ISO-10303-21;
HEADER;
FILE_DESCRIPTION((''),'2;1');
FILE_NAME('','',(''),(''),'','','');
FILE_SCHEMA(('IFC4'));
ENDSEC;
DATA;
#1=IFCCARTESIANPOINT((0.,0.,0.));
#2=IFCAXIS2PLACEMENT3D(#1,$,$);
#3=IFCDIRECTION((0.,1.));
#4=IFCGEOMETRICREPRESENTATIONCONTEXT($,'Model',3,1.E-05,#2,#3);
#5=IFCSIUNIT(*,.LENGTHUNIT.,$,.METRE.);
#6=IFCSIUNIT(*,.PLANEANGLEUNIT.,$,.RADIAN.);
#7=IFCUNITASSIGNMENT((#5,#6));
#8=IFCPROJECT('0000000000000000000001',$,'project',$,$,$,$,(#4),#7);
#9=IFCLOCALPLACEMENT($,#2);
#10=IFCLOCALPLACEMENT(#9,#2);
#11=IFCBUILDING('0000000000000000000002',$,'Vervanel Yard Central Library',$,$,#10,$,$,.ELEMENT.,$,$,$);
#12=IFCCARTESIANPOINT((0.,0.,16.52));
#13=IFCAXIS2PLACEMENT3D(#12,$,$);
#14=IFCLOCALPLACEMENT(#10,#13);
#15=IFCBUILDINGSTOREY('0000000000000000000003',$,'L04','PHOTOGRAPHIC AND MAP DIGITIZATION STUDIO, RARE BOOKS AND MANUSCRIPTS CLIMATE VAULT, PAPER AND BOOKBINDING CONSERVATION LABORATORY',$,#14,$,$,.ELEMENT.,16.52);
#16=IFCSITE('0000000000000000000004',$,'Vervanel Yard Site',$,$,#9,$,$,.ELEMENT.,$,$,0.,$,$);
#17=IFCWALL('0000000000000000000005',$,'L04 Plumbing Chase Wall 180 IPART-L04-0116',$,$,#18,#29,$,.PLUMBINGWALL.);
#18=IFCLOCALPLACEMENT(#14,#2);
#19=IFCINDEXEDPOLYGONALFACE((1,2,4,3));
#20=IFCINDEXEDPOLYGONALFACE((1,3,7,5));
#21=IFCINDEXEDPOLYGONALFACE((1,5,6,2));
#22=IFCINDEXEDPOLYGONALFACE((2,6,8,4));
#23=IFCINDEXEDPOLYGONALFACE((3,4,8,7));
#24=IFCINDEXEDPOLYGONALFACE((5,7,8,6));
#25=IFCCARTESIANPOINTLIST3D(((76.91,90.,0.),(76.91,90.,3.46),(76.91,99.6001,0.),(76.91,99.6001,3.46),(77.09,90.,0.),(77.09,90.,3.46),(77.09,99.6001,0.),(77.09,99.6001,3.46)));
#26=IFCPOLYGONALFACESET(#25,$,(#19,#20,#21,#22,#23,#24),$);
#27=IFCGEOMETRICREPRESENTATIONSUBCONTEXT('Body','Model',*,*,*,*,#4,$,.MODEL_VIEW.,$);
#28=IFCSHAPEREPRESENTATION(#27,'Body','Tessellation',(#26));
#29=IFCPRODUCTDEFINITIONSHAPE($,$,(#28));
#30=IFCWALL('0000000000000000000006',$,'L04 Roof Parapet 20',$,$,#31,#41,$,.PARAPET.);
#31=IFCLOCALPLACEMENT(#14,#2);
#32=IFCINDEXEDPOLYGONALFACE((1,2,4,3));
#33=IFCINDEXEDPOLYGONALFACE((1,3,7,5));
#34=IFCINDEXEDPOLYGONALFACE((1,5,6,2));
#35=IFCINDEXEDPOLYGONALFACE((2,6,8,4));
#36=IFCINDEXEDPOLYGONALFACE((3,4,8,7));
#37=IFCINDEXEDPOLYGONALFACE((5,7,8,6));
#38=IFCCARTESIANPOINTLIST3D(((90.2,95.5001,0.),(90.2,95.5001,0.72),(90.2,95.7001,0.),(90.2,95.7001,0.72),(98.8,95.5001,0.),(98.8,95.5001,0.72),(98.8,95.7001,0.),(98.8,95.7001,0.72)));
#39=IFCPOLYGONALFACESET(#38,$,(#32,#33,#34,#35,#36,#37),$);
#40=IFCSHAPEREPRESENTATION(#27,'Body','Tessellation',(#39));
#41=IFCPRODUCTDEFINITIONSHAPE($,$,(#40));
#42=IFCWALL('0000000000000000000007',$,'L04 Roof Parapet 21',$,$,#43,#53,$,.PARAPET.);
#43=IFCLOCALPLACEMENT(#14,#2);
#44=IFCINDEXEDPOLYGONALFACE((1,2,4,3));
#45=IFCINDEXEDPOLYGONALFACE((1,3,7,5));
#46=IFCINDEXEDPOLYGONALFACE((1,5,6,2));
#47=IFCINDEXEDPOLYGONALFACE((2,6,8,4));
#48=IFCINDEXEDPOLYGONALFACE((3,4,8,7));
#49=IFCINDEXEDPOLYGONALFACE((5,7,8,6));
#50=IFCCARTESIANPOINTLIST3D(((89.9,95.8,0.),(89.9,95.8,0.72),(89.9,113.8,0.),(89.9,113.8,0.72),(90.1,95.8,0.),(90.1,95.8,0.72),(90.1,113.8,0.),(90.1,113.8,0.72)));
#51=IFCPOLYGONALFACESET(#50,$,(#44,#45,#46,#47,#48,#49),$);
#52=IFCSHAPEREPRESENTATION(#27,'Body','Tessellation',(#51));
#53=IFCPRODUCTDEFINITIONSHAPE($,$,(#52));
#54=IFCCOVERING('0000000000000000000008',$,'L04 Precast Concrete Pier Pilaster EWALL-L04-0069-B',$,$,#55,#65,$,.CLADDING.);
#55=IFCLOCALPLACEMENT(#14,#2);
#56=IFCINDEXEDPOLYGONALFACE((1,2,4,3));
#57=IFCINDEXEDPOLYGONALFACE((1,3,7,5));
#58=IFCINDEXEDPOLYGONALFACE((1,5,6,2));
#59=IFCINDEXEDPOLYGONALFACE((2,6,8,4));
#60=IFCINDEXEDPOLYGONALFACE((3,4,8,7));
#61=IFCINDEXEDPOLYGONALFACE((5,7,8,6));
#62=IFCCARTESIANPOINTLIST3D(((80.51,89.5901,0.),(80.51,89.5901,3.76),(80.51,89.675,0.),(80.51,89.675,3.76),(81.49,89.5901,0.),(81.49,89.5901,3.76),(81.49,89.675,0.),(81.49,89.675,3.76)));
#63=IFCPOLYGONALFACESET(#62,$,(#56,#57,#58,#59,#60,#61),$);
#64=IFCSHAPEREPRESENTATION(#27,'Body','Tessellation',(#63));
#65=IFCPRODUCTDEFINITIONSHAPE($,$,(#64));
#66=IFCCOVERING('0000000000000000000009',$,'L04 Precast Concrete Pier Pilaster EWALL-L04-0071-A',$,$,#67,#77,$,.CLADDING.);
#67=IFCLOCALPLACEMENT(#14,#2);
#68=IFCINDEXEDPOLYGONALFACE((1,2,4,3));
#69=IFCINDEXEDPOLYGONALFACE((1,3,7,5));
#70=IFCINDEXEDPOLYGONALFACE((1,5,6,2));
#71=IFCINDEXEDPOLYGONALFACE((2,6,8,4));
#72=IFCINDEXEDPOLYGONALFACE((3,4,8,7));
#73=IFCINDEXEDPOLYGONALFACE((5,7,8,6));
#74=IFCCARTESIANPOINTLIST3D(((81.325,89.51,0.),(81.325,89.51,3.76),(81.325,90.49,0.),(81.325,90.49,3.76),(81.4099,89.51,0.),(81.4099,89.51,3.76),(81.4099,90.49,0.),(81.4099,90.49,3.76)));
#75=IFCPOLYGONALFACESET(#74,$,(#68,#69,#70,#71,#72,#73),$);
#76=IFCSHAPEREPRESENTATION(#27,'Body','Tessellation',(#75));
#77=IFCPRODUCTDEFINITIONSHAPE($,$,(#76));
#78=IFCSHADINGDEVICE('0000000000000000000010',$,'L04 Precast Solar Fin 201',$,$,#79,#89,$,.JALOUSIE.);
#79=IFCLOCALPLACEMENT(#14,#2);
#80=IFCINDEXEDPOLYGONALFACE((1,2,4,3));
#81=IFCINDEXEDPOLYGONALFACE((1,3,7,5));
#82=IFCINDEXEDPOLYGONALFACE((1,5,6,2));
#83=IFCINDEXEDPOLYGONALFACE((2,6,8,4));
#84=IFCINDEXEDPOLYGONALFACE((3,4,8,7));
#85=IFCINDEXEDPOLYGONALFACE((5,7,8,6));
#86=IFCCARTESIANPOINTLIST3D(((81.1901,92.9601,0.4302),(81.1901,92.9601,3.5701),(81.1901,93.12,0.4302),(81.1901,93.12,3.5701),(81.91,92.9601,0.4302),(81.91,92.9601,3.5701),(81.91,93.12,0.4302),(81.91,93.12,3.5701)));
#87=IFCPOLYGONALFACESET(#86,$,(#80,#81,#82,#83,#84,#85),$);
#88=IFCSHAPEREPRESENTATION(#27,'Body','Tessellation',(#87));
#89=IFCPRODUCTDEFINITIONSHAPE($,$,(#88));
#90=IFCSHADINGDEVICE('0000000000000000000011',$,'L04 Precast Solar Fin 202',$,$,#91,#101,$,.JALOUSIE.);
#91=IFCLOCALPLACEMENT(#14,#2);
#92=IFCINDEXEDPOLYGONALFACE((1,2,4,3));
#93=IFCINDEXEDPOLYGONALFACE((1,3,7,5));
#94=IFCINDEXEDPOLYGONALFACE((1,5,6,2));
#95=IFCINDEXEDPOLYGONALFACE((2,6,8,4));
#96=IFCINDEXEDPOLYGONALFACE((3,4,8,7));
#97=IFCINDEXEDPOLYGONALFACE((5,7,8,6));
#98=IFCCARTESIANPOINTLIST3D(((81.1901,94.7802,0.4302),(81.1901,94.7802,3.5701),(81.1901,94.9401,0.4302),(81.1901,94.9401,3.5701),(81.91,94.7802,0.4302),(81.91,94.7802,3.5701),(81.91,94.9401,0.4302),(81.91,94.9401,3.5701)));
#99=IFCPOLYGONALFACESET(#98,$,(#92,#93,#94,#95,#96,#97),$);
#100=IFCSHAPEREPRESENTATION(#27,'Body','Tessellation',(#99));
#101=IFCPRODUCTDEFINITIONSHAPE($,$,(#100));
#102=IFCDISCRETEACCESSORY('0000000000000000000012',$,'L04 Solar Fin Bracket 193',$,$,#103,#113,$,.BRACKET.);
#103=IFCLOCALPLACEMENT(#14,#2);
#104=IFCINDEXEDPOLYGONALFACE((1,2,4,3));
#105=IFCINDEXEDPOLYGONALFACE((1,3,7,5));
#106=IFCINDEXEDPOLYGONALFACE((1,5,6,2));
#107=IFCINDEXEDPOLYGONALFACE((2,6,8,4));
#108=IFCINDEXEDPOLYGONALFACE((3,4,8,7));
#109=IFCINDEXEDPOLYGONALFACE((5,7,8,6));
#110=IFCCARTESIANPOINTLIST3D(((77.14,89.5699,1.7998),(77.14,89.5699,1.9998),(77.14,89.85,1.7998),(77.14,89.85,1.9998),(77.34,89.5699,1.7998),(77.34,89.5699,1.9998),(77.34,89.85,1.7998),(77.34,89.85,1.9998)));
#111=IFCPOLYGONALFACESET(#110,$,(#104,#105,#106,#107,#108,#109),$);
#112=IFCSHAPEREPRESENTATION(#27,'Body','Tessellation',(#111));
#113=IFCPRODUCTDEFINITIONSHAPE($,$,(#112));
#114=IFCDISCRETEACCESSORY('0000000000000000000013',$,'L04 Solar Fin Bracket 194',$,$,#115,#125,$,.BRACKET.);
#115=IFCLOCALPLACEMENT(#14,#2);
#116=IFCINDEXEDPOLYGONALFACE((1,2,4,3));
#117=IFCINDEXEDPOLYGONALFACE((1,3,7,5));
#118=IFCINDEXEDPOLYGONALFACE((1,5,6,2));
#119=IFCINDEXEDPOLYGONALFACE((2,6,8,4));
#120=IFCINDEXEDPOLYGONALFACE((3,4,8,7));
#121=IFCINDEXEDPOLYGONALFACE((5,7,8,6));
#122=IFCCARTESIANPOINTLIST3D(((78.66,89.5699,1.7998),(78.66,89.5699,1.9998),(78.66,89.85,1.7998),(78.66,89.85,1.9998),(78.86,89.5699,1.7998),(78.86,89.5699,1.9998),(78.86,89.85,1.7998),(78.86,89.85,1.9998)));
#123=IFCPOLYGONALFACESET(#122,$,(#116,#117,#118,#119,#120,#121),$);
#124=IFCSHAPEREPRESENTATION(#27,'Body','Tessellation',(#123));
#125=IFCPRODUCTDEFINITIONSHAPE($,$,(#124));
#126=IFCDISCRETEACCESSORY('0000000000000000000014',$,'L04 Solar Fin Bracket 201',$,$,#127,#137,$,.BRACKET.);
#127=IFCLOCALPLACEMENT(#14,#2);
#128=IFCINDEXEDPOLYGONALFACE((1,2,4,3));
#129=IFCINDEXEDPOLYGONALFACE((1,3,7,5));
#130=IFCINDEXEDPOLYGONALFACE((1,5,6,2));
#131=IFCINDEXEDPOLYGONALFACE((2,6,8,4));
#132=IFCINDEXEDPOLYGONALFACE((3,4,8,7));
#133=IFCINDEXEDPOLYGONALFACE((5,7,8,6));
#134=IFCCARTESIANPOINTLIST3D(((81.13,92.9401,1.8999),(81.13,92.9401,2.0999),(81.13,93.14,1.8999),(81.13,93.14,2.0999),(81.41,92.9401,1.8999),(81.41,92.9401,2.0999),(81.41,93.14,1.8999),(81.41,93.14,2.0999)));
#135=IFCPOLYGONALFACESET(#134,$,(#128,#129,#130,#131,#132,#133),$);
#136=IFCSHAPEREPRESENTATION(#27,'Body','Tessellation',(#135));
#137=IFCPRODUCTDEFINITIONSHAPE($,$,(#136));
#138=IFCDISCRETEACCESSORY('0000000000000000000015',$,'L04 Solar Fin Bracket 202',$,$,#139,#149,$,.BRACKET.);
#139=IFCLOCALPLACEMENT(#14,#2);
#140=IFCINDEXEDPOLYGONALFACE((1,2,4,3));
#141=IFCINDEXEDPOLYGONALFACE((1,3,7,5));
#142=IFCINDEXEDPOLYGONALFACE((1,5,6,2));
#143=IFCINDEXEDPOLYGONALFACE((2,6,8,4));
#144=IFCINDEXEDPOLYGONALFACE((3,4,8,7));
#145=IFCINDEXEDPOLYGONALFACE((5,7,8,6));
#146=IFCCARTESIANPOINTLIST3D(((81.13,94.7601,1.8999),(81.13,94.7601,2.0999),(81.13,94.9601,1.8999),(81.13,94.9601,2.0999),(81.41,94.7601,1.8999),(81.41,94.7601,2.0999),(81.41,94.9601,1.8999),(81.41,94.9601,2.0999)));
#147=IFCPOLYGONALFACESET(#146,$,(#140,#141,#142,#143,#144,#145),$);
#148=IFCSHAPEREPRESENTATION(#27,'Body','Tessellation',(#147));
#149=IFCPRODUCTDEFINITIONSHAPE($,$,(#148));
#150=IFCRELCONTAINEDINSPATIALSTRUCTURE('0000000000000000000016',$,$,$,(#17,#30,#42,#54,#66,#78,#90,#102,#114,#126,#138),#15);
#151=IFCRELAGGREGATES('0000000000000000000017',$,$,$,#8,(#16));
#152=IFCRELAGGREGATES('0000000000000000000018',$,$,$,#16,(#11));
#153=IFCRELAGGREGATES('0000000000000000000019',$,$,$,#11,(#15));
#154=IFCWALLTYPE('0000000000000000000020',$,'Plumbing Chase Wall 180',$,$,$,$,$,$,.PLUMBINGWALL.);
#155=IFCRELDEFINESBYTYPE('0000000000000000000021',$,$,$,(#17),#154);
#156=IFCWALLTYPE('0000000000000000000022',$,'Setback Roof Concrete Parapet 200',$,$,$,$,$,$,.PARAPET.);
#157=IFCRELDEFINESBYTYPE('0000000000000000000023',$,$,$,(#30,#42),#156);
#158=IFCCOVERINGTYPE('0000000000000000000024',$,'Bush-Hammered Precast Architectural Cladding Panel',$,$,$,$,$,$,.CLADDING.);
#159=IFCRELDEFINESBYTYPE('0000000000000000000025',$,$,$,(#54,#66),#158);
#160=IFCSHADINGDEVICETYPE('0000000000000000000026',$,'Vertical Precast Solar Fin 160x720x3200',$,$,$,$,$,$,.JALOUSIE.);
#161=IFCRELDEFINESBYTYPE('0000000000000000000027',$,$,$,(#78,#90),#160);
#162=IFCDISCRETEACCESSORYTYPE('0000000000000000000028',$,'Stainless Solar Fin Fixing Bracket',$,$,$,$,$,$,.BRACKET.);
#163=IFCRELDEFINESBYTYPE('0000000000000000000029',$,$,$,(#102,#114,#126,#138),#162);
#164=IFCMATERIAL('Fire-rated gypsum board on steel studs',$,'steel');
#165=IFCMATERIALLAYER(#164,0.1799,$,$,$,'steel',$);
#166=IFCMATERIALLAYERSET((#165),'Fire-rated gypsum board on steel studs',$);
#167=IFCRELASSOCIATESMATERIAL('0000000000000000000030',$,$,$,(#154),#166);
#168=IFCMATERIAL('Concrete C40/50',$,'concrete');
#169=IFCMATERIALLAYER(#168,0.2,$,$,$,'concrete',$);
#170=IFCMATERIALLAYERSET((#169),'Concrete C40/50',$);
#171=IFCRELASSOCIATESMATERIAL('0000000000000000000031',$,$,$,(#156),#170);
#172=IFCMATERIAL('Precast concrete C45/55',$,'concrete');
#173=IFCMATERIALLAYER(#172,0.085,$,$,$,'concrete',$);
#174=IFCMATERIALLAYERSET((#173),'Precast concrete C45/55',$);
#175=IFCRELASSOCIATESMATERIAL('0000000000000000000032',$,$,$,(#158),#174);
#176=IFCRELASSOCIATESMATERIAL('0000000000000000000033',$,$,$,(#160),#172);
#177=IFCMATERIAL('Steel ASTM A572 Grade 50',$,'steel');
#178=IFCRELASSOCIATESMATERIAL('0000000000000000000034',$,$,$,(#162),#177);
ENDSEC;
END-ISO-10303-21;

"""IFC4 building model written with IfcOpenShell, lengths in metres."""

from ifc_helpers import new_model, si_unit, direction, frame, frame_2d, origin, origin_2d, place, context, subcontext, project, spatial, rectangle, extrude, material, layer, layer_set, type_object, element, save


model = new_model("IFC4")

# Units and contexts
model_context = context("Model", 3, precision=1e-05, world=origin(), true_north=direction((0.0, 1.0)))
body_context = subcontext(model_context, "Body", "Model", "MODEL_VIEW")
ifc_project = project(units=[si_unit("LENGTHUNIT", "METRE"), si_unit("PLANEANGLEUNIT", "RADIAN")], contexts=[model_context])

# Site, building, storey
site_placement = place(None, origin())
site = spatial("IfcSite", under=ifc_project, at=site_placement, Name="Vervanel Yard Site", CompositionType="ELEMENT", RefElevation=0.0)
building_placement = place(site_placement, origin())
building = spatial("IfcBuilding", under=site, at=building_placement, Name="Vervanel Yard Central Library", CompositionType="ELEMENT")
storey_placement = place(building_placement, frame((0.0, 0.0, 16.52)))
storey = spatial("IfcBuildingStorey", under=building, at=storey_placement, Name="L04", Description="PHOTOGRAPHIC AND MAP DIGITIZATION STUDIO, RARE BOOKS AND MANUSCRIPTS CLIMATE VAULT, PAPER AND BOOKBINDING CONSERVATION LABORATORY", CompositionType="ELEMENT", Elevation=16.52)

# Shared definitions
ifc_material_1 = material(Name="Concrete C40/50", Category="concrete")

# Shared definitions
ifc_material_2 = material(Name="Precast concrete C45/55", Category="concrete")

# Walls
ifc_material_3 = material(Name="Fire-rated gypsum board on steel studs", Category="steel")
ifc_layer_1 = layer(ifc_material_3, 0.1799, Category="steel")
ifc_layer_set_1 = layer_set([ifc_layer_1], Name="Fire-rated gypsum board on steel studs")
wall_type_1 = type_object("IfcWallType", Name="Plumbing Chase Wall 180", PredefinedType="PLUMBINGWALL", material=ifc_layer_set_1)
wall_1_placement = place(storey_placement, frame((77.0, 90.0, 0.0), z_axis=(0.0, 0.0, 1.0), x_axis=(0.0, 1.0, 0.0)))
element("IfcWall", 1, at=wall_1_placement, inside=storey, type_object=wall_type_1, Name="L04 Plumbing Chase Wall 180 IPART-L04-0116", PredefinedType="PLUMBINGWALL", context=body_context, shape_type="SweptSolid", body=[
    extrude(rectangle(XDim=9.6001, YDim=0.1799, at=frame_2d((4.8, 0.0))), origin(), (0.0, 0.0, 1.0), 3.46),
])
ifc_layer_2 = layer(ifc_material_1, 0.2, Category="concrete")
ifc_layer_set_2 = layer_set([ifc_layer_2], Name="Concrete C40/50")
wall_type_2 = type_object("IfcWallType", Name="Setback Roof Concrete Parapet 200", PredefinedType="PARAPET", material=ifc_layer_set_2)
wall_2_placement = place(storey_placement, frame((98.8, 95.6001, 0.0), z_axis=(0.0, 0.0, 1.0), x_axis=(-1.0, 0.0, 0.0)))
element("IfcWall", 2, at=wall_2_placement, inside=storey, type_object=wall_type_2, Name="L04 Roof Parapet 20", PredefinedType="PARAPET", context=body_context, shape_type="SweptSolid", body=[
    extrude(rectangle(XDim=8.6001, YDim=0.2, at=frame_2d((4.3, 0.0))), origin(), (0.0, 0.0, 1.0), 0.72),
])
wall_3_placement = place(storey_placement, frame((90.0, 95.8, 0.0), z_axis=(0.0, 0.0, 1.0), x_axis=(0.0, 1.0, 0.0)))
element("IfcWall", 3, at=wall_3_placement, inside=storey, type_object=wall_type_2, Name="L04 Roof Parapet 21", PredefinedType="PARAPET", context=body_context, shape_type="SweptSolid", body=[
    extrude(rectangle(XDim=18.0, YDim=0.2, at=frame_2d((9.0, 0.0))), origin(), (0.0, 0.0, 1.0), 0.72),
])

# Coverings
ifc_layer_3 = layer(ifc_material_2, 0.085, Category="concrete")
ifc_layer_set_3 = layer_set([ifc_layer_3], Name="Precast concrete C45/55")
covering_type = type_object("IfcCoveringType", Name="Bush-Hammered Precast Architectural Cladding Panel", PredefinedType="CLADDING", material=ifc_layer_set_3)
for number, where, z_axis, x_axis, name in (
    (4, (81.0, 89.6326, 0.0), (0.0, 0.0, 1.0), (1.0, 0.0, 0.0), "L04 Precast Concrete Pier Pilaster EWALL-L04-0069-B"),
    (5, (81.3674, 90.0, 0.0), (0.0, 0.0, 1.0), (0.0, 1.0, 0.0), "L04 Precast Concrete Pier Pilaster EWALL-L04-0071-A"),
):
    element("IfcCovering", number, at=place(storey_placement, frame(where, z_axis=z_axis, x_axis=x_axis)), inside=storey, type_object=covering_type, Name=name, PredefinedType="CLADDING", context=body_context, shape_type="SweptSolid", body=[
        extrude(rectangle(XDim=0.98, YDim=0.085, at=origin_2d()), origin(), (0.0, 0.0, 1.0), 3.76),
    ])

# Shading devices
shading_device_type = type_object("IfcShadingDeviceType", Name="Vertical Precast Solar Fin 160x720x3200", PredefinedType="JALOUSIE", material=ifc_material_2)
for number, where, z_axis, x_axis, name in (
    (6, (81.55, 93.04, 0.4302), (0.0, 0.0, 1.0), (0.0, 1.0, 0.0), "L04 Precast Solar Fin 201"),
    (7, (81.55, 94.8601, 0.4302), (0.0, 0.0, 1.0), (0.0, 1.0, 0.0), "L04 Precast Solar Fin 202"),
):
    element("IfcShadingDevice", number, at=place(storey_placement, frame(where, z_axis=z_axis, x_axis=x_axis)), inside=storey, type_object=shading_device_type, Name=name, PredefinedType="JALOUSIE", context=body_context, shape_type="SweptSolid", body=[
        extrude(rectangle(XDim=0.1599, YDim=0.72, at=origin_2d()), origin(), (0.0, 0.0, 1.0), 3.1399),
    ])

# Discrete accessories
ifc_material_4 = material(Name="Steel ASTM A572 Grade 50", Category="steel")
discrete_accessory_type = type_object("IfcDiscreteAccessoryType", Name="Stainless Solar Fin Fixing Bracket", PredefinedType="BRACKET", material=ifc_material_4)
for number, where, z_axis, x_axis, name in (
    (8, (77.24, 89.71, 1.7998), (0.0, 0.0, 1.0), (1.0, 0.0, 0.0), "L04 Solar Fin Bracket 193"),
    (9, (78.76, 89.71, 1.7998), (0.0, 0.0, 1.0), (1.0, 0.0, 0.0), "L04 Solar Fin Bracket 194"),
    (10, (81.27, 93.04, 1.8999), (0.0, 0.0, 1.0), (0.0, 1.0, 0.0), "L04 Solar Fin Bracket 201"),
    (11, (81.27, 94.8601, 1.8999), (0.0, 0.0, 1.0), (0.0, 1.0, 0.0), "L04 Solar Fin Bracket 202"),
):
    element("IfcDiscreteAccessory", number, at=place(storey_placement, frame(where, z_axis=z_axis, x_axis=x_axis)), inside=storey, type_object=discrete_accessory_type, Name=name, PredefinedType="BRACKET", context=body_context, shape_type="SweptSolid", body=[
        extrude(rectangle(XDim=0.2, YDim=0.28, at=origin_2d()), origin(), (0.0, 0.0, 1.0), 0.2),
    ])

save(model, "model.ifc")
